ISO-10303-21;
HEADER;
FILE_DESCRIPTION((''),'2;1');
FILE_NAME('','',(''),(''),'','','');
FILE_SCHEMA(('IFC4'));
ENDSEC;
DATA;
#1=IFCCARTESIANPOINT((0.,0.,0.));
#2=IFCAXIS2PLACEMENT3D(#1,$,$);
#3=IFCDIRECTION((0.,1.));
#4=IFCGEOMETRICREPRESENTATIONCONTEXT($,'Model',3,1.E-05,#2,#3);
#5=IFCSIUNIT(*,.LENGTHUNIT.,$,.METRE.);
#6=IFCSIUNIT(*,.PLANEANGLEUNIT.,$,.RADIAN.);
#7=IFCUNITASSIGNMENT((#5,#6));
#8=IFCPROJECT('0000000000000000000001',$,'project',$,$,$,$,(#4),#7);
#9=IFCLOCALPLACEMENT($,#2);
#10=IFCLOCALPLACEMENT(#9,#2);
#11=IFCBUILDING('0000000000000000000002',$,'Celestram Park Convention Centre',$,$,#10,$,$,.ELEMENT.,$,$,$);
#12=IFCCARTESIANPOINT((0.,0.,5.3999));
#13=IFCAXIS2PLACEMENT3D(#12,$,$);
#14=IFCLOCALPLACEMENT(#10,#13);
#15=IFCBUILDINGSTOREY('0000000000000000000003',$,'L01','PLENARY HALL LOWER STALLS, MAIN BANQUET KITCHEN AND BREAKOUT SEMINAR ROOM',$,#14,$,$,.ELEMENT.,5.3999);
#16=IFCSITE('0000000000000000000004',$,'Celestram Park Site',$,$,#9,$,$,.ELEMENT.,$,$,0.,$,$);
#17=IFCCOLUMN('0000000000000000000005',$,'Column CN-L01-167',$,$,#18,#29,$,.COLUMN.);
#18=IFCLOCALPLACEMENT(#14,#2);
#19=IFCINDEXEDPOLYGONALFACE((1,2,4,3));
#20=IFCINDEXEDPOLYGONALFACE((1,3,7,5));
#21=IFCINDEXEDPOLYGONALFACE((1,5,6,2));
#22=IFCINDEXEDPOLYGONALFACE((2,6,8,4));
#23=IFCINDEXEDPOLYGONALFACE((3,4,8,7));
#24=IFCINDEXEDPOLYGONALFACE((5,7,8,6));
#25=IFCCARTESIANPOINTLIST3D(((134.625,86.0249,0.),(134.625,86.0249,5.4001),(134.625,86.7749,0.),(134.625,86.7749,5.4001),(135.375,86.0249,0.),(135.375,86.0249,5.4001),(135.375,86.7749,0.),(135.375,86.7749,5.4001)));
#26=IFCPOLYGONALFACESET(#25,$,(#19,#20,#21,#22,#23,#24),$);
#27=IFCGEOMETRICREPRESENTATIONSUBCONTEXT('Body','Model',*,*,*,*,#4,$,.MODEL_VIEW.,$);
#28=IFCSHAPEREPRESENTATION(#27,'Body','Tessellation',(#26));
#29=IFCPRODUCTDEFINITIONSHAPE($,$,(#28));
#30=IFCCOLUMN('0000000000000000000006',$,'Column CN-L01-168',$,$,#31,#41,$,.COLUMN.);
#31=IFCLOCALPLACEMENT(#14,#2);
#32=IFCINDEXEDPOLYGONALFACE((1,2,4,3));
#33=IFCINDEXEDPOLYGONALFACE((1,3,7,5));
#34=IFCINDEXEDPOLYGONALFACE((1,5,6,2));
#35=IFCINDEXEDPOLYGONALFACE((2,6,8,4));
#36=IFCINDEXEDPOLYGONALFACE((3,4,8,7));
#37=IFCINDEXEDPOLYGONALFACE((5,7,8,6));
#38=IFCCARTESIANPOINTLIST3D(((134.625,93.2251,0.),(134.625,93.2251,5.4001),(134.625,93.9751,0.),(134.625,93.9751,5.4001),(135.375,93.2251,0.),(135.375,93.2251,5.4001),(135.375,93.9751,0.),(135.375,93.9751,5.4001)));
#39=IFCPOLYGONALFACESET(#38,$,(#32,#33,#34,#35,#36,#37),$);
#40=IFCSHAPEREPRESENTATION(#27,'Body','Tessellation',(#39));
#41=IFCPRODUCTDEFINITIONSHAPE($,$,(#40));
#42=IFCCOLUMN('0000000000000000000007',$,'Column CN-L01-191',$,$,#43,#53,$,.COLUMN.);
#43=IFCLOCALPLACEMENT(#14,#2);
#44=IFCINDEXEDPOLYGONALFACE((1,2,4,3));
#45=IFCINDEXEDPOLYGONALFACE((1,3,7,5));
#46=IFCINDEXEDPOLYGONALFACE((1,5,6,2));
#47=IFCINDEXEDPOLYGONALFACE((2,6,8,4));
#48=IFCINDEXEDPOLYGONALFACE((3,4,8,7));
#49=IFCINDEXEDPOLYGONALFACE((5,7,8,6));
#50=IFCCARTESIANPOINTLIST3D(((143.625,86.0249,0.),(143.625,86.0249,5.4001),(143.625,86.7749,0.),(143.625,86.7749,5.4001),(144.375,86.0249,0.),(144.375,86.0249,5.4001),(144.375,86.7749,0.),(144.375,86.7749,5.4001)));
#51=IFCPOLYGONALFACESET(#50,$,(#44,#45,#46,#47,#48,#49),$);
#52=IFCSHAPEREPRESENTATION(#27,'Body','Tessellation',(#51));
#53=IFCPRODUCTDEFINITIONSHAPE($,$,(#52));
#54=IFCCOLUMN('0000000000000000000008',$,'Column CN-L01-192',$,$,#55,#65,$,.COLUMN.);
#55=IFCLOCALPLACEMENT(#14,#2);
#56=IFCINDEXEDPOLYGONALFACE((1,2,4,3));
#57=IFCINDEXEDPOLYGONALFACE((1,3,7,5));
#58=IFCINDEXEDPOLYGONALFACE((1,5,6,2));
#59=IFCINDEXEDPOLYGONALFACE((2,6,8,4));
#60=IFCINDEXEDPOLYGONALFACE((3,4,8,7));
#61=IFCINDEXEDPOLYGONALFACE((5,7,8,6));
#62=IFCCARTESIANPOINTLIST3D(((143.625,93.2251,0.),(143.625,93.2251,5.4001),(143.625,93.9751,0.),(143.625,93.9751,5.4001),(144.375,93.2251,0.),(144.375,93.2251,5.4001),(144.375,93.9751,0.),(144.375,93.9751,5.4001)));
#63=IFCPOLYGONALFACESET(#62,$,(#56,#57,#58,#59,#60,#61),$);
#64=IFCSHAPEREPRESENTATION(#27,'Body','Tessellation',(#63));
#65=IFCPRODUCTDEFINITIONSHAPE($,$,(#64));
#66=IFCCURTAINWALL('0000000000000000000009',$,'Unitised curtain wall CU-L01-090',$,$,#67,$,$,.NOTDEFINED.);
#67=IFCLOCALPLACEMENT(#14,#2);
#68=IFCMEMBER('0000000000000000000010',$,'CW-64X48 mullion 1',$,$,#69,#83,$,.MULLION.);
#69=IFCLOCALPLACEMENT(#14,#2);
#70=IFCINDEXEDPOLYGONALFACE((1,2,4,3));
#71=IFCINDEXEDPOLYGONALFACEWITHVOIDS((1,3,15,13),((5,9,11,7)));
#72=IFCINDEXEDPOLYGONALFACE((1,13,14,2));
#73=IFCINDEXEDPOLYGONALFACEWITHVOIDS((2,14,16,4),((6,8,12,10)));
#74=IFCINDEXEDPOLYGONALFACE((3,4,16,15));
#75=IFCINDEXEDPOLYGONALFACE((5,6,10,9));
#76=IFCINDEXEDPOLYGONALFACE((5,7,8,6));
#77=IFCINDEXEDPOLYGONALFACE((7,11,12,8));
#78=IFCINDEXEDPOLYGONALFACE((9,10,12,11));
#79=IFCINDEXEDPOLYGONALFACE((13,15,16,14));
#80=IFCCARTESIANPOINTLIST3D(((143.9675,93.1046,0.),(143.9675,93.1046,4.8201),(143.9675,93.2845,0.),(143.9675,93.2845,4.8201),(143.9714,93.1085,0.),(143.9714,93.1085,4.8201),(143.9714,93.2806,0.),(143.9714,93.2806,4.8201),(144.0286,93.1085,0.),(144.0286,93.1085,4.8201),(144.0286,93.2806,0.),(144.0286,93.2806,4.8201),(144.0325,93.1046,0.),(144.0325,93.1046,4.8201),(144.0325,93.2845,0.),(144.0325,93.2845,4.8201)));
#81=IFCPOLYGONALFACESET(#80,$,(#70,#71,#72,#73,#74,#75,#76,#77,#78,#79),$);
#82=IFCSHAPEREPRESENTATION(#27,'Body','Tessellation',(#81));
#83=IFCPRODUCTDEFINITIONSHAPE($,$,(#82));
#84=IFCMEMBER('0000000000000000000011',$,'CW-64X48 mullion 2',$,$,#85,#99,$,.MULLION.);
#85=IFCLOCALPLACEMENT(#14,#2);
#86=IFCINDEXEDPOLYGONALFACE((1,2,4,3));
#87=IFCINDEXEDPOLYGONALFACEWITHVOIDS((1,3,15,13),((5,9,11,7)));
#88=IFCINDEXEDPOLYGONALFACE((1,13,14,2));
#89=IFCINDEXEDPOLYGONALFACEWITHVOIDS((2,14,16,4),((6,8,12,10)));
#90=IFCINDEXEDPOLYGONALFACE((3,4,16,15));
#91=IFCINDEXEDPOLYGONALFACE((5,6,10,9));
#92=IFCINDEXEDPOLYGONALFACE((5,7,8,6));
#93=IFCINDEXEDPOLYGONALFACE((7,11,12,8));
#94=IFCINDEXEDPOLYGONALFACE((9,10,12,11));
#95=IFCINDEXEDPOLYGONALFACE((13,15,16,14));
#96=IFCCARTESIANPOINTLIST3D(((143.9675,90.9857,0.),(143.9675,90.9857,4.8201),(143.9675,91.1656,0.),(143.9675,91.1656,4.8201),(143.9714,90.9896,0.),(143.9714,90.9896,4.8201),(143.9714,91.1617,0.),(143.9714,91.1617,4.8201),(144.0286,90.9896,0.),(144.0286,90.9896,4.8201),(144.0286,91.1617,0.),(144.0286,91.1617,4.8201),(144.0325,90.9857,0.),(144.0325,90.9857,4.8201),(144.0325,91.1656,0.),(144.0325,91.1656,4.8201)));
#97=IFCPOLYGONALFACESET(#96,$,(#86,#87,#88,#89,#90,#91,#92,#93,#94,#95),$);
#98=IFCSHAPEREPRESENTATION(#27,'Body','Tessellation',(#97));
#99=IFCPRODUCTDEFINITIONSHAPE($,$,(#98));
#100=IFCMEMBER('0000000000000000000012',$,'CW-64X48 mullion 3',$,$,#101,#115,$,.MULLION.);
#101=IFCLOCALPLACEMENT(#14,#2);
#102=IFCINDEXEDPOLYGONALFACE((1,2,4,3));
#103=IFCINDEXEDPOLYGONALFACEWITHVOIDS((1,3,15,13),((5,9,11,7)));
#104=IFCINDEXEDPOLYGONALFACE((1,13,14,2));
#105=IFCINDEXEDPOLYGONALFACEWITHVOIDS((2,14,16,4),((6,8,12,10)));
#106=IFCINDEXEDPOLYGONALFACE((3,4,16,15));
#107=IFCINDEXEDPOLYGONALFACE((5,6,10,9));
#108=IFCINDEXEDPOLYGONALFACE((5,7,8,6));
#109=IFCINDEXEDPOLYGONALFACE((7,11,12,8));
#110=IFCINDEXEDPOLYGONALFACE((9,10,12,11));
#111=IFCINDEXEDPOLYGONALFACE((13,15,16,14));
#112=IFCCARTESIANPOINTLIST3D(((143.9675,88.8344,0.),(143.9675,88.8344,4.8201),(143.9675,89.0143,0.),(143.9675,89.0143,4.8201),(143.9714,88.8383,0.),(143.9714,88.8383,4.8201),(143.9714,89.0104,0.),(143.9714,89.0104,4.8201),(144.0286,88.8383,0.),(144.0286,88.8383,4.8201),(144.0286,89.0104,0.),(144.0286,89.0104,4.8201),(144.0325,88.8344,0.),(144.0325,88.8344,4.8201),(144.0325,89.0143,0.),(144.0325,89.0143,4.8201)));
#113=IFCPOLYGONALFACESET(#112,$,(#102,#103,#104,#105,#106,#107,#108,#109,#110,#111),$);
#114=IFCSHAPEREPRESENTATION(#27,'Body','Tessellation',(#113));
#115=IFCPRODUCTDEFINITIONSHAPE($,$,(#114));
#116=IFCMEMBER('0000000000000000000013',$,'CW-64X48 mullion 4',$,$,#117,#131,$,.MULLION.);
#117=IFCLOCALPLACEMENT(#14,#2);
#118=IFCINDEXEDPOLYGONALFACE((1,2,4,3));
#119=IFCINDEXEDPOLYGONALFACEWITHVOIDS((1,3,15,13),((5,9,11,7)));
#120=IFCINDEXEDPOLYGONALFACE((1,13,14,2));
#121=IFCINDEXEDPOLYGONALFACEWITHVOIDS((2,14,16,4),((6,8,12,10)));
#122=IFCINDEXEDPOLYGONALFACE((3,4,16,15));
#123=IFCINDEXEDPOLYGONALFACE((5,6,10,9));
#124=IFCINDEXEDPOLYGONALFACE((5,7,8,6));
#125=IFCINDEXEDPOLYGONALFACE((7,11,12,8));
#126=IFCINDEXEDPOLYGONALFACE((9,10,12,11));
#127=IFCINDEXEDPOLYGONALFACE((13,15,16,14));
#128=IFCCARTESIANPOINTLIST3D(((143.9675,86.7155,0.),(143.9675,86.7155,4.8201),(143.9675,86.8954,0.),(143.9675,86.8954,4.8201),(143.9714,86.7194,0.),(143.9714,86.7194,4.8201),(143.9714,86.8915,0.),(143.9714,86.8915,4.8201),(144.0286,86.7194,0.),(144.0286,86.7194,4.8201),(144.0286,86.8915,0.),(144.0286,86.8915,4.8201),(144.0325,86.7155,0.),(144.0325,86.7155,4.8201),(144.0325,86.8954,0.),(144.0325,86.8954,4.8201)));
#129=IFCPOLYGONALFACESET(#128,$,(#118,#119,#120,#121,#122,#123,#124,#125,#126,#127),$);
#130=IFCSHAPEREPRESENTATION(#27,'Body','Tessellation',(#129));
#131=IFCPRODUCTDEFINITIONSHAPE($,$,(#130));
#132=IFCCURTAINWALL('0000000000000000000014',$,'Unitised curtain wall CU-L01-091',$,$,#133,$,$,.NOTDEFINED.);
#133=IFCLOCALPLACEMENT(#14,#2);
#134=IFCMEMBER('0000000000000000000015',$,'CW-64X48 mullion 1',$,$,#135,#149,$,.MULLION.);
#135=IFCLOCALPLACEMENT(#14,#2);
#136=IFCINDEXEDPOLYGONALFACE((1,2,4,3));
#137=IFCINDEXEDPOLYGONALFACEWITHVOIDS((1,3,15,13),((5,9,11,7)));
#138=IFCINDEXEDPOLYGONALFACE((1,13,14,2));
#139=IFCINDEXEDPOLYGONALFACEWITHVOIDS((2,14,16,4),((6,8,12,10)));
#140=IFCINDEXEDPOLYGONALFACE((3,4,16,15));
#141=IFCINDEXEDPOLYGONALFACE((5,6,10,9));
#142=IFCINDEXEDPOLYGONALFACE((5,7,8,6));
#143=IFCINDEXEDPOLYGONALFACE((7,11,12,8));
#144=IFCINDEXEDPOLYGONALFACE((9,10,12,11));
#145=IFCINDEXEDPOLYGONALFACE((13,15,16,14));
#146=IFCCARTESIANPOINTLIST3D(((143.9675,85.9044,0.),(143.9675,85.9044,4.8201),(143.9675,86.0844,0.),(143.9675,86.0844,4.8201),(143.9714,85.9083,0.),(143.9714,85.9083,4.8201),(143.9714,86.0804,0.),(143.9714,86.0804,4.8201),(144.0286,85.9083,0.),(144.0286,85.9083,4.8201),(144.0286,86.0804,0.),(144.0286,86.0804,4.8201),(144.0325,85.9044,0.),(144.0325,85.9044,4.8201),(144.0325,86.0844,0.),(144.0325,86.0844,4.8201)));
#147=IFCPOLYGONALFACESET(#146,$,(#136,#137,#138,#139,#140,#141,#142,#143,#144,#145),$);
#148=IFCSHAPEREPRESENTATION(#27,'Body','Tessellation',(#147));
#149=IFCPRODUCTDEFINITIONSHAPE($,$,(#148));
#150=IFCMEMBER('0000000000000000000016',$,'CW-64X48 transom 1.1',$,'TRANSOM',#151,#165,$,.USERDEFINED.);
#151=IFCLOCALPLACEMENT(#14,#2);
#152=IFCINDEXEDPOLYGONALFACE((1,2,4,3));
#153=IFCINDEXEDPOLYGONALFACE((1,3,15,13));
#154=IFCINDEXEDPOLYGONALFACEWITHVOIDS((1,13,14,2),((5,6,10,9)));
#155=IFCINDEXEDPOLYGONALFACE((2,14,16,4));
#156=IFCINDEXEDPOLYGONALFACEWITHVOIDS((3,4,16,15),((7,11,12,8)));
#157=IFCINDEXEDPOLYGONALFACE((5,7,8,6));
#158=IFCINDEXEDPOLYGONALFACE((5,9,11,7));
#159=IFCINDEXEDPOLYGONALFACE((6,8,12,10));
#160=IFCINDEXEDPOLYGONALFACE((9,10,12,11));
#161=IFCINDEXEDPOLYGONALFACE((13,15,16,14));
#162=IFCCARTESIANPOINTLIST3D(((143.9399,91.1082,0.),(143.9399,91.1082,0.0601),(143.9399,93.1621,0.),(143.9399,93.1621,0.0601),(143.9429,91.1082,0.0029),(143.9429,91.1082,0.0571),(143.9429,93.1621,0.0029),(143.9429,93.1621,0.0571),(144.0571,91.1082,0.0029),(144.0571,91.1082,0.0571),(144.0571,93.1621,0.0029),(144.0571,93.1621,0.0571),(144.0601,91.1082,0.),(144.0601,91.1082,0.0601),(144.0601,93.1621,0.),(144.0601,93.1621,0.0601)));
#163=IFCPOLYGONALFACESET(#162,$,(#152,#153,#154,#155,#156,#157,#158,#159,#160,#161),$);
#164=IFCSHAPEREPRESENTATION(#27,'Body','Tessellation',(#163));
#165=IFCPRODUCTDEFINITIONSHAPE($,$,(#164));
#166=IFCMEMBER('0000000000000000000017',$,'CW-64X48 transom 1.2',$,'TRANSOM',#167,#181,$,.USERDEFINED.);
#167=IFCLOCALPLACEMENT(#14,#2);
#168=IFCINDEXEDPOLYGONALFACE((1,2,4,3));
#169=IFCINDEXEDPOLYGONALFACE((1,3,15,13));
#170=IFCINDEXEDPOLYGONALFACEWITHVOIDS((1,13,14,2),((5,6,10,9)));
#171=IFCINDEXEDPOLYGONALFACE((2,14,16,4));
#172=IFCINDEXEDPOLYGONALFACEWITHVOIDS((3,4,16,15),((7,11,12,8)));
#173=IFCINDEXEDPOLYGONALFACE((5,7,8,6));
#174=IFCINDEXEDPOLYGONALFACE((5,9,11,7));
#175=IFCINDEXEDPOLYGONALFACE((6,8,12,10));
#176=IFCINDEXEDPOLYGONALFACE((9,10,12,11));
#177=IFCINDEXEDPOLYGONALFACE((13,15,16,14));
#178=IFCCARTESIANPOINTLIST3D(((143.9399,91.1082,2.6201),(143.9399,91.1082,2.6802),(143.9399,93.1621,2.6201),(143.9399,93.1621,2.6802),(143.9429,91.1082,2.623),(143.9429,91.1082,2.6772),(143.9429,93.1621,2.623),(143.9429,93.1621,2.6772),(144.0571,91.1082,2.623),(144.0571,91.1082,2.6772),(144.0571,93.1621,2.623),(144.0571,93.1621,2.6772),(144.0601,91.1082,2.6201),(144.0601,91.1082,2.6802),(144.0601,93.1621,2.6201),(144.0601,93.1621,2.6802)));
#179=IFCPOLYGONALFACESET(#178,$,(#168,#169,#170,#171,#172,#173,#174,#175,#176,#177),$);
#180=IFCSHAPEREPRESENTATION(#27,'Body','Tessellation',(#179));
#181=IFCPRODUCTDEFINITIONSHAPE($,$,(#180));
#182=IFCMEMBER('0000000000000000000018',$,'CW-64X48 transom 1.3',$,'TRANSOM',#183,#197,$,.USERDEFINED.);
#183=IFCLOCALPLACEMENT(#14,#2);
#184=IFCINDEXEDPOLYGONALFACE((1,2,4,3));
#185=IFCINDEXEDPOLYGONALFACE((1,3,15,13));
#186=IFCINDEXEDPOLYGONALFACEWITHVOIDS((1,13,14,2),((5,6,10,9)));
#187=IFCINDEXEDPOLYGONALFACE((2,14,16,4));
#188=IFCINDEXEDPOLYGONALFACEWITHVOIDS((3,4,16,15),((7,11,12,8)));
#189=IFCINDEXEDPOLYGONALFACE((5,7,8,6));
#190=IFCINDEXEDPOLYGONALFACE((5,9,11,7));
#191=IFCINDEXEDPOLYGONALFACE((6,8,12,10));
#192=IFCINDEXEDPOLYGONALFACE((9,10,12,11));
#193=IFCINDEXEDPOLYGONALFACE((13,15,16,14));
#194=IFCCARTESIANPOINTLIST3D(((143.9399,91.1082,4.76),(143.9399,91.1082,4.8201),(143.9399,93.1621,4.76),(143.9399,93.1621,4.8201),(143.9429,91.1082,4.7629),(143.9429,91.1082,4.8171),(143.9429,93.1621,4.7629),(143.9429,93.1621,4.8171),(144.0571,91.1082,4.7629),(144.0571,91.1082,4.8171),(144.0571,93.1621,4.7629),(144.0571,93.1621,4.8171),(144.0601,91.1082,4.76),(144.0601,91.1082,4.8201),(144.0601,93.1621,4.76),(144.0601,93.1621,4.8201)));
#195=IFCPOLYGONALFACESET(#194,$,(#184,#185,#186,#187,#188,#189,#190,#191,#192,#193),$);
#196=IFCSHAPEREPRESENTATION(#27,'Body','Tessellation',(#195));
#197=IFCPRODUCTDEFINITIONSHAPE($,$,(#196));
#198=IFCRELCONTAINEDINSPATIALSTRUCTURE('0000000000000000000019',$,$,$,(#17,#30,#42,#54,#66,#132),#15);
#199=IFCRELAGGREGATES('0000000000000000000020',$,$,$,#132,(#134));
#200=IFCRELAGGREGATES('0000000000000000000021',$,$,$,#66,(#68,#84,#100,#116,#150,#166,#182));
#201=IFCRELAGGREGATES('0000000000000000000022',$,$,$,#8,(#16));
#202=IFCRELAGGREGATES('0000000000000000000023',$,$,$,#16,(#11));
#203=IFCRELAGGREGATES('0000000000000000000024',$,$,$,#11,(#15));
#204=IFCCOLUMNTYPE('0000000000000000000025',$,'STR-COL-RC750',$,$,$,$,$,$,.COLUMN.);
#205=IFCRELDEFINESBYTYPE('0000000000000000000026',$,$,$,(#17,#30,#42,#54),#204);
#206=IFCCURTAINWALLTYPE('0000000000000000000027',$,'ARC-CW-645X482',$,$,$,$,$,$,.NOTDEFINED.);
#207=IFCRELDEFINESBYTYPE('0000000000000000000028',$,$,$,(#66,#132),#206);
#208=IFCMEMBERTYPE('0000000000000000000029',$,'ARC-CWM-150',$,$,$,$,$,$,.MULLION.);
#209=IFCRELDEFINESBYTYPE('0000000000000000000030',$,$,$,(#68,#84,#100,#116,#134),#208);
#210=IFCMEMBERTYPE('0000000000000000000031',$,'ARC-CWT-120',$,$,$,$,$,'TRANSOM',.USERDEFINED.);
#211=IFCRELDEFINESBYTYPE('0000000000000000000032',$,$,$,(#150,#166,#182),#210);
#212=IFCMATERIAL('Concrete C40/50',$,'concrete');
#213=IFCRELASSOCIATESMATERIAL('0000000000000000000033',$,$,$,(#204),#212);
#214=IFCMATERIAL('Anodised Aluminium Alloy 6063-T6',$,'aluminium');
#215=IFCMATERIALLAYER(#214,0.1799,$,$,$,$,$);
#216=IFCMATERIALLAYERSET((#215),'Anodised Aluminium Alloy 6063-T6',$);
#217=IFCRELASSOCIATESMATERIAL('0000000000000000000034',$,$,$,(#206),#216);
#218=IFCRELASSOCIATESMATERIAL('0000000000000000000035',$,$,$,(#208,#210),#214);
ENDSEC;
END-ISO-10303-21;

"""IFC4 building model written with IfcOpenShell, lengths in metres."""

from ifc_helpers import new_model, si_unit, direction, frame, origin, origin_2d, place, context, subcontext, project, spatial, rectangle, hollow_rectangle, extrude, material, layer, layer_set, material_profile, profile_set, type_object, element, aggregate, save


model = new_model("IFC4")

# Units and contexts
model_context = context("Model", 3, precision=1e-05, world=origin(), true_north=direction((0.0, 1.0)))
body_context = subcontext(model_context, "Body", "Model", "MODEL_VIEW")
ifc_project = project(units=[si_unit("LENGTHUNIT", "METRE"), si_unit("PLANEANGLEUNIT", "RADIAN")], contexts=[model_context])

# Site, building, storey
site_placement = place(None, origin())
site = spatial("IfcSite", under=ifc_project, at=site_placement, Name="Celestram Park Site", CompositionType="ELEMENT", RefElevation=0.0)
building_placement = place(site_placement, origin())
building = spatial("IfcBuilding", under=site, at=building_placement, Name="Celestram Park Convention Centre", CompositionType="ELEMENT")
storey_placement = place(building_placement, frame((0.0, 0.0, 5.3999)))
storey = spatial("IfcBuildingStorey", under=building, at=storey_placement, Name="L01", Description="PLENARY HALL LOWER STALLS, MAIN BANQUET KITCHEN AND BREAKOUT SEMINAR ROOM", CompositionType="ELEMENT", Elevation=5.3999)

# Columns
ifc_material_1 = material(Name="Concrete C40/50", Category="concrete")
ifc_material_profile_1 = material_profile(ifc_material_1, rectangle(XDim=0.75, YDim=0.75, at=origin_2d()), Name="RC750X750")
ifc_profile_set_1 = profile_set([ifc_material_profile_1], Name="Concrete C40/50")
column_type = type_object("IfcColumnType", Name="STR-COL-RC750", PredefinedType="COLUMN", material=ifc_profile_set_1)
for number, where, z_axis, x_axis, name in (
    (1, (135.0, 86.3999, 0.0), (0.0, 0.0, 1.0), (1.0, 0.0, 0.0), "Column CN-L01-167"),
    (2, (135.0, 93.6001, 0.0), (0.0, 0.0, 1.0), (1.0, 0.0, 0.0), "Column CN-L01-168"),
    (3, (144.0, 86.3999, 0.0), (0.0, 0.0, 1.0), (1.0, 0.0, 0.0), "Column CN-L01-191"),
    (4, (144.0, 93.6001, 0.0), (0.0, 0.0, 1.0), (1.0, 0.0, 0.0), "Column CN-L01-192"),
):
    element("IfcColumn", number, at=place(storey_placement, frame(where, z_axis=z_axis, x_axis=x_axis)), inside=storey, type_object=column_type, Name=name, PredefinedType="COLUMN", context=body_context, shape_type="SweptSolid", body=[
        extrude(rectangle(XDim=0.75, YDim=0.75, at=origin_2d()), origin(), (0.0, 0.0, 1.0), 5.4001),
    ])

# Curtain wall, members
ifc_material_2 = material(Name="Anodised Aluminium Alloy 6063-T6", Category="aluminium")
ifc_layer_1 = layer(ifc_material_2, 0.1799)
ifc_layer_set_1 = layer_set([ifc_layer_1], Name="Anodised Aluminium Alloy 6063-T6")
curtain_wall_type = type_object("IfcCurtainWallType", Name="ARC-CW-645X482", PredefinedType="NOTDEFINED", material=ifc_layer_set_1)
curtain_wall_1_placement = place(storey_placement, origin())
curtain_wall_1 = element("IfcCurtainWall", 5, at=curtain_wall_1_placement, inside=storey, type_object=curtain_wall_type, Name="Unitised curtain wall CU-L01-090", PredefinedType="NOTDEFINED")
ifc_material_profile_2 = material_profile(ifc_material_2, hollow_rectangle(XDim=0.0649, YDim=0.1799, WallThickness=0.0039, at=origin_2d()), Name="ALU65X180X4")
ifc_profile_set_2 = profile_set([ifc_material_profile_2], Name="Anodised Aluminium Alloy 6063-T6")
member_type_1 = type_object("IfcMemberType", Name="ARC-CWM-150", PredefinedType="MULLION", material=ifc_profile_set_2)
member_1_placement = place(storey_placement, frame((144.0, 93.1946, 0.0), z_axis=(0.0, 0.0, 1.0), x_axis=(1.0, 0.0, 0.0)))
member_1 = element("IfcMember", 6, at=member_1_placement, type_object=member_type_1, Name="CW-64X48 mullion 1", PredefinedType="MULLION", context=body_context, shape_type="SweptSolid", body=[
    extrude(hollow_rectangle(XDim=0.0649, YDim=0.1799, WallThickness=0.0039, at=origin_2d()), origin(), (0.0, 0.0, 1.0), 4.8201),
])
member_2_placement = place(storey_placement, frame((144.0, 91.0757, 0.0), z_axis=(0.0, 0.0, 1.0), x_axis=(1.0, 0.0, 0.0)))
member_2 = element("IfcMember", 7, at=member_2_placement, type_object=member_type_1, Name="CW-64X48 mullion 2", PredefinedType="MULLION", context=body_context, shape_type="SweptSolid", body=[
    extrude(hollow_rectangle(XDim=0.0649, YDim=0.1799, WallThickness=0.0039, at=origin_2d()), origin(), (0.0, 0.0, 1.0), 4.8201),
])
member_3_placement = place(storey_placement, frame((144.0, 88.9243, 0.0), z_axis=(0.0, 0.0, 1.0), x_axis=(1.0, 0.0, 0.0)))
member_3 = element("IfcMember", 8, at=member_3_placement, type_object=member_type_1, Name="CW-64X48 mullion 3", PredefinedType="MULLION", context=body_context, shape_type="SweptSolid", body=[
    extrude(hollow_rectangle(XDim=0.0649, YDim=0.1799, WallThickness=0.0039, at=origin_2d()), origin(), (0.0, 0.0, 1.0), 4.8201),
])
member_4_placement = place(storey_placement, frame((144.0, 86.8054, 0.0), z_axis=(0.0, 0.0, 1.0), x_axis=(1.0, 0.0, 0.0)))
member_4 = element("IfcMember", 9, at=member_4_placement, type_object=member_type_1, Name="CW-64X48 mullion 4", PredefinedType="MULLION", context=body_context, shape_type="SweptSolid", body=[
    extrude(hollow_rectangle(XDim=0.0649, YDim=0.1799, WallThickness=0.0039, at=origin_2d()), origin(), (0.0, 0.0, 1.0), 4.8201),
])

# Curtain wall, member
curtain_wall_2_placement = place(storey_placement, origin())
curtain_wall_2 = element("IfcCurtainWall", 10, at=curtain_wall_2_placement, inside=storey, type_object=curtain_wall_type, Name="Unitised curtain wall CU-L01-091", PredefinedType="NOTDEFINED")
member_5_placement = place(storey_placement, frame((144.0, 85.9944, 0.0), z_axis=(0.0, 0.0, 1.0), x_axis=(1.0, 0.0, 0.0)))
member_5 = element("IfcMember", 11, at=member_5_placement, type_object=member_type_1, Name="CW-64X48 mullion 1", PredefinedType="MULLION", context=body_context, shape_type="SweptSolid", body=[
    extrude(hollow_rectangle(XDim=0.0649, YDim=0.1799, WallThickness=0.0039, at=origin_2d()), origin(), (0.0, 0.0, 1.0), 4.8201),
])

# Members
ifc_material_profile_3 = material_profile(ifc_material_2, hollow_rectangle(XDim=0.1201, YDim=0.0601, WallThickness=0.0029, at=origin_2d()), Name="ALU120X60X3")
ifc_profile_set_3 = profile_set([ifc_material_profile_3], Name="Anodised Aluminium Alloy 6063-T6")
member_type_2 = type_object("IfcMemberType", Name="ARC-CWT-120", ElementType="TRANSOM", PredefinedType="USERDEFINED", material=ifc_profile_set_3)
member_6_placement = place(storey_placement, frame((144.0, 93.1621, 0.03), z_axis=(0.0, -1.0, 0.0), x_axis=(1.0, 0.0, 0.0)))
member_6 = element("IfcMember", 12, at=member_6_placement, type_object=member_type_2, Name="CW-64X48 transom 1.1", ObjectType="TRANSOM", PredefinedType="USERDEFINED", context=body_context, shape_type="SweptSolid", body=[
    extrude(hollow_rectangle(XDim=0.1201, YDim=0.0601, WallThickness=0.0029, at=origin_2d()), origin(), (0.0, 0.0, 1.0), 2.054),
])
member_7_placement = place(storey_placement, frame((144.0, 93.1621, 2.6501), z_axis=(0.0, -1.0, 0.0), x_axis=(1.0, 0.0, 0.0)))
member_7 = element("IfcMember", 13, at=member_7_placement, type_object=member_type_2, Name="CW-64X48 transom 1.2", ObjectType="TRANSOM", PredefinedType="USERDEFINED", context=body_context, shape_type="SweptSolid", body=[
    extrude(hollow_rectangle(XDim=0.1201, YDim=0.0601, WallThickness=0.0029, at=origin_2d()), origin(), (0.0, 0.0, 1.0), 2.054),
])
member_8_placement = place(storey_placement, frame((144.0, 93.1621, 4.79), z_axis=(0.0, -1.0, 0.0), x_axis=(1.0, 0.0, 0.0)))
member_8 = element("IfcMember", 14, at=member_8_placement, type_object=member_type_2, Name="CW-64X48 transom 1.3", ObjectType="TRANSOM", PredefinedType="USERDEFINED", context=body_context, shape_type="SweptSolid", body=[
    extrude(hollow_rectangle(XDim=0.1201, YDim=0.0601, WallThickness=0.0029, at=origin_2d()), origin(), (0.0, 0.0, 1.0), 2.054),
])
aggregate(curtain_wall_2, [member_5])

aggregate(curtain_wall_1, [member_1, member_2, member_3, member_4, member_6, member_7, member_8])

save(model, "model.ifc")
